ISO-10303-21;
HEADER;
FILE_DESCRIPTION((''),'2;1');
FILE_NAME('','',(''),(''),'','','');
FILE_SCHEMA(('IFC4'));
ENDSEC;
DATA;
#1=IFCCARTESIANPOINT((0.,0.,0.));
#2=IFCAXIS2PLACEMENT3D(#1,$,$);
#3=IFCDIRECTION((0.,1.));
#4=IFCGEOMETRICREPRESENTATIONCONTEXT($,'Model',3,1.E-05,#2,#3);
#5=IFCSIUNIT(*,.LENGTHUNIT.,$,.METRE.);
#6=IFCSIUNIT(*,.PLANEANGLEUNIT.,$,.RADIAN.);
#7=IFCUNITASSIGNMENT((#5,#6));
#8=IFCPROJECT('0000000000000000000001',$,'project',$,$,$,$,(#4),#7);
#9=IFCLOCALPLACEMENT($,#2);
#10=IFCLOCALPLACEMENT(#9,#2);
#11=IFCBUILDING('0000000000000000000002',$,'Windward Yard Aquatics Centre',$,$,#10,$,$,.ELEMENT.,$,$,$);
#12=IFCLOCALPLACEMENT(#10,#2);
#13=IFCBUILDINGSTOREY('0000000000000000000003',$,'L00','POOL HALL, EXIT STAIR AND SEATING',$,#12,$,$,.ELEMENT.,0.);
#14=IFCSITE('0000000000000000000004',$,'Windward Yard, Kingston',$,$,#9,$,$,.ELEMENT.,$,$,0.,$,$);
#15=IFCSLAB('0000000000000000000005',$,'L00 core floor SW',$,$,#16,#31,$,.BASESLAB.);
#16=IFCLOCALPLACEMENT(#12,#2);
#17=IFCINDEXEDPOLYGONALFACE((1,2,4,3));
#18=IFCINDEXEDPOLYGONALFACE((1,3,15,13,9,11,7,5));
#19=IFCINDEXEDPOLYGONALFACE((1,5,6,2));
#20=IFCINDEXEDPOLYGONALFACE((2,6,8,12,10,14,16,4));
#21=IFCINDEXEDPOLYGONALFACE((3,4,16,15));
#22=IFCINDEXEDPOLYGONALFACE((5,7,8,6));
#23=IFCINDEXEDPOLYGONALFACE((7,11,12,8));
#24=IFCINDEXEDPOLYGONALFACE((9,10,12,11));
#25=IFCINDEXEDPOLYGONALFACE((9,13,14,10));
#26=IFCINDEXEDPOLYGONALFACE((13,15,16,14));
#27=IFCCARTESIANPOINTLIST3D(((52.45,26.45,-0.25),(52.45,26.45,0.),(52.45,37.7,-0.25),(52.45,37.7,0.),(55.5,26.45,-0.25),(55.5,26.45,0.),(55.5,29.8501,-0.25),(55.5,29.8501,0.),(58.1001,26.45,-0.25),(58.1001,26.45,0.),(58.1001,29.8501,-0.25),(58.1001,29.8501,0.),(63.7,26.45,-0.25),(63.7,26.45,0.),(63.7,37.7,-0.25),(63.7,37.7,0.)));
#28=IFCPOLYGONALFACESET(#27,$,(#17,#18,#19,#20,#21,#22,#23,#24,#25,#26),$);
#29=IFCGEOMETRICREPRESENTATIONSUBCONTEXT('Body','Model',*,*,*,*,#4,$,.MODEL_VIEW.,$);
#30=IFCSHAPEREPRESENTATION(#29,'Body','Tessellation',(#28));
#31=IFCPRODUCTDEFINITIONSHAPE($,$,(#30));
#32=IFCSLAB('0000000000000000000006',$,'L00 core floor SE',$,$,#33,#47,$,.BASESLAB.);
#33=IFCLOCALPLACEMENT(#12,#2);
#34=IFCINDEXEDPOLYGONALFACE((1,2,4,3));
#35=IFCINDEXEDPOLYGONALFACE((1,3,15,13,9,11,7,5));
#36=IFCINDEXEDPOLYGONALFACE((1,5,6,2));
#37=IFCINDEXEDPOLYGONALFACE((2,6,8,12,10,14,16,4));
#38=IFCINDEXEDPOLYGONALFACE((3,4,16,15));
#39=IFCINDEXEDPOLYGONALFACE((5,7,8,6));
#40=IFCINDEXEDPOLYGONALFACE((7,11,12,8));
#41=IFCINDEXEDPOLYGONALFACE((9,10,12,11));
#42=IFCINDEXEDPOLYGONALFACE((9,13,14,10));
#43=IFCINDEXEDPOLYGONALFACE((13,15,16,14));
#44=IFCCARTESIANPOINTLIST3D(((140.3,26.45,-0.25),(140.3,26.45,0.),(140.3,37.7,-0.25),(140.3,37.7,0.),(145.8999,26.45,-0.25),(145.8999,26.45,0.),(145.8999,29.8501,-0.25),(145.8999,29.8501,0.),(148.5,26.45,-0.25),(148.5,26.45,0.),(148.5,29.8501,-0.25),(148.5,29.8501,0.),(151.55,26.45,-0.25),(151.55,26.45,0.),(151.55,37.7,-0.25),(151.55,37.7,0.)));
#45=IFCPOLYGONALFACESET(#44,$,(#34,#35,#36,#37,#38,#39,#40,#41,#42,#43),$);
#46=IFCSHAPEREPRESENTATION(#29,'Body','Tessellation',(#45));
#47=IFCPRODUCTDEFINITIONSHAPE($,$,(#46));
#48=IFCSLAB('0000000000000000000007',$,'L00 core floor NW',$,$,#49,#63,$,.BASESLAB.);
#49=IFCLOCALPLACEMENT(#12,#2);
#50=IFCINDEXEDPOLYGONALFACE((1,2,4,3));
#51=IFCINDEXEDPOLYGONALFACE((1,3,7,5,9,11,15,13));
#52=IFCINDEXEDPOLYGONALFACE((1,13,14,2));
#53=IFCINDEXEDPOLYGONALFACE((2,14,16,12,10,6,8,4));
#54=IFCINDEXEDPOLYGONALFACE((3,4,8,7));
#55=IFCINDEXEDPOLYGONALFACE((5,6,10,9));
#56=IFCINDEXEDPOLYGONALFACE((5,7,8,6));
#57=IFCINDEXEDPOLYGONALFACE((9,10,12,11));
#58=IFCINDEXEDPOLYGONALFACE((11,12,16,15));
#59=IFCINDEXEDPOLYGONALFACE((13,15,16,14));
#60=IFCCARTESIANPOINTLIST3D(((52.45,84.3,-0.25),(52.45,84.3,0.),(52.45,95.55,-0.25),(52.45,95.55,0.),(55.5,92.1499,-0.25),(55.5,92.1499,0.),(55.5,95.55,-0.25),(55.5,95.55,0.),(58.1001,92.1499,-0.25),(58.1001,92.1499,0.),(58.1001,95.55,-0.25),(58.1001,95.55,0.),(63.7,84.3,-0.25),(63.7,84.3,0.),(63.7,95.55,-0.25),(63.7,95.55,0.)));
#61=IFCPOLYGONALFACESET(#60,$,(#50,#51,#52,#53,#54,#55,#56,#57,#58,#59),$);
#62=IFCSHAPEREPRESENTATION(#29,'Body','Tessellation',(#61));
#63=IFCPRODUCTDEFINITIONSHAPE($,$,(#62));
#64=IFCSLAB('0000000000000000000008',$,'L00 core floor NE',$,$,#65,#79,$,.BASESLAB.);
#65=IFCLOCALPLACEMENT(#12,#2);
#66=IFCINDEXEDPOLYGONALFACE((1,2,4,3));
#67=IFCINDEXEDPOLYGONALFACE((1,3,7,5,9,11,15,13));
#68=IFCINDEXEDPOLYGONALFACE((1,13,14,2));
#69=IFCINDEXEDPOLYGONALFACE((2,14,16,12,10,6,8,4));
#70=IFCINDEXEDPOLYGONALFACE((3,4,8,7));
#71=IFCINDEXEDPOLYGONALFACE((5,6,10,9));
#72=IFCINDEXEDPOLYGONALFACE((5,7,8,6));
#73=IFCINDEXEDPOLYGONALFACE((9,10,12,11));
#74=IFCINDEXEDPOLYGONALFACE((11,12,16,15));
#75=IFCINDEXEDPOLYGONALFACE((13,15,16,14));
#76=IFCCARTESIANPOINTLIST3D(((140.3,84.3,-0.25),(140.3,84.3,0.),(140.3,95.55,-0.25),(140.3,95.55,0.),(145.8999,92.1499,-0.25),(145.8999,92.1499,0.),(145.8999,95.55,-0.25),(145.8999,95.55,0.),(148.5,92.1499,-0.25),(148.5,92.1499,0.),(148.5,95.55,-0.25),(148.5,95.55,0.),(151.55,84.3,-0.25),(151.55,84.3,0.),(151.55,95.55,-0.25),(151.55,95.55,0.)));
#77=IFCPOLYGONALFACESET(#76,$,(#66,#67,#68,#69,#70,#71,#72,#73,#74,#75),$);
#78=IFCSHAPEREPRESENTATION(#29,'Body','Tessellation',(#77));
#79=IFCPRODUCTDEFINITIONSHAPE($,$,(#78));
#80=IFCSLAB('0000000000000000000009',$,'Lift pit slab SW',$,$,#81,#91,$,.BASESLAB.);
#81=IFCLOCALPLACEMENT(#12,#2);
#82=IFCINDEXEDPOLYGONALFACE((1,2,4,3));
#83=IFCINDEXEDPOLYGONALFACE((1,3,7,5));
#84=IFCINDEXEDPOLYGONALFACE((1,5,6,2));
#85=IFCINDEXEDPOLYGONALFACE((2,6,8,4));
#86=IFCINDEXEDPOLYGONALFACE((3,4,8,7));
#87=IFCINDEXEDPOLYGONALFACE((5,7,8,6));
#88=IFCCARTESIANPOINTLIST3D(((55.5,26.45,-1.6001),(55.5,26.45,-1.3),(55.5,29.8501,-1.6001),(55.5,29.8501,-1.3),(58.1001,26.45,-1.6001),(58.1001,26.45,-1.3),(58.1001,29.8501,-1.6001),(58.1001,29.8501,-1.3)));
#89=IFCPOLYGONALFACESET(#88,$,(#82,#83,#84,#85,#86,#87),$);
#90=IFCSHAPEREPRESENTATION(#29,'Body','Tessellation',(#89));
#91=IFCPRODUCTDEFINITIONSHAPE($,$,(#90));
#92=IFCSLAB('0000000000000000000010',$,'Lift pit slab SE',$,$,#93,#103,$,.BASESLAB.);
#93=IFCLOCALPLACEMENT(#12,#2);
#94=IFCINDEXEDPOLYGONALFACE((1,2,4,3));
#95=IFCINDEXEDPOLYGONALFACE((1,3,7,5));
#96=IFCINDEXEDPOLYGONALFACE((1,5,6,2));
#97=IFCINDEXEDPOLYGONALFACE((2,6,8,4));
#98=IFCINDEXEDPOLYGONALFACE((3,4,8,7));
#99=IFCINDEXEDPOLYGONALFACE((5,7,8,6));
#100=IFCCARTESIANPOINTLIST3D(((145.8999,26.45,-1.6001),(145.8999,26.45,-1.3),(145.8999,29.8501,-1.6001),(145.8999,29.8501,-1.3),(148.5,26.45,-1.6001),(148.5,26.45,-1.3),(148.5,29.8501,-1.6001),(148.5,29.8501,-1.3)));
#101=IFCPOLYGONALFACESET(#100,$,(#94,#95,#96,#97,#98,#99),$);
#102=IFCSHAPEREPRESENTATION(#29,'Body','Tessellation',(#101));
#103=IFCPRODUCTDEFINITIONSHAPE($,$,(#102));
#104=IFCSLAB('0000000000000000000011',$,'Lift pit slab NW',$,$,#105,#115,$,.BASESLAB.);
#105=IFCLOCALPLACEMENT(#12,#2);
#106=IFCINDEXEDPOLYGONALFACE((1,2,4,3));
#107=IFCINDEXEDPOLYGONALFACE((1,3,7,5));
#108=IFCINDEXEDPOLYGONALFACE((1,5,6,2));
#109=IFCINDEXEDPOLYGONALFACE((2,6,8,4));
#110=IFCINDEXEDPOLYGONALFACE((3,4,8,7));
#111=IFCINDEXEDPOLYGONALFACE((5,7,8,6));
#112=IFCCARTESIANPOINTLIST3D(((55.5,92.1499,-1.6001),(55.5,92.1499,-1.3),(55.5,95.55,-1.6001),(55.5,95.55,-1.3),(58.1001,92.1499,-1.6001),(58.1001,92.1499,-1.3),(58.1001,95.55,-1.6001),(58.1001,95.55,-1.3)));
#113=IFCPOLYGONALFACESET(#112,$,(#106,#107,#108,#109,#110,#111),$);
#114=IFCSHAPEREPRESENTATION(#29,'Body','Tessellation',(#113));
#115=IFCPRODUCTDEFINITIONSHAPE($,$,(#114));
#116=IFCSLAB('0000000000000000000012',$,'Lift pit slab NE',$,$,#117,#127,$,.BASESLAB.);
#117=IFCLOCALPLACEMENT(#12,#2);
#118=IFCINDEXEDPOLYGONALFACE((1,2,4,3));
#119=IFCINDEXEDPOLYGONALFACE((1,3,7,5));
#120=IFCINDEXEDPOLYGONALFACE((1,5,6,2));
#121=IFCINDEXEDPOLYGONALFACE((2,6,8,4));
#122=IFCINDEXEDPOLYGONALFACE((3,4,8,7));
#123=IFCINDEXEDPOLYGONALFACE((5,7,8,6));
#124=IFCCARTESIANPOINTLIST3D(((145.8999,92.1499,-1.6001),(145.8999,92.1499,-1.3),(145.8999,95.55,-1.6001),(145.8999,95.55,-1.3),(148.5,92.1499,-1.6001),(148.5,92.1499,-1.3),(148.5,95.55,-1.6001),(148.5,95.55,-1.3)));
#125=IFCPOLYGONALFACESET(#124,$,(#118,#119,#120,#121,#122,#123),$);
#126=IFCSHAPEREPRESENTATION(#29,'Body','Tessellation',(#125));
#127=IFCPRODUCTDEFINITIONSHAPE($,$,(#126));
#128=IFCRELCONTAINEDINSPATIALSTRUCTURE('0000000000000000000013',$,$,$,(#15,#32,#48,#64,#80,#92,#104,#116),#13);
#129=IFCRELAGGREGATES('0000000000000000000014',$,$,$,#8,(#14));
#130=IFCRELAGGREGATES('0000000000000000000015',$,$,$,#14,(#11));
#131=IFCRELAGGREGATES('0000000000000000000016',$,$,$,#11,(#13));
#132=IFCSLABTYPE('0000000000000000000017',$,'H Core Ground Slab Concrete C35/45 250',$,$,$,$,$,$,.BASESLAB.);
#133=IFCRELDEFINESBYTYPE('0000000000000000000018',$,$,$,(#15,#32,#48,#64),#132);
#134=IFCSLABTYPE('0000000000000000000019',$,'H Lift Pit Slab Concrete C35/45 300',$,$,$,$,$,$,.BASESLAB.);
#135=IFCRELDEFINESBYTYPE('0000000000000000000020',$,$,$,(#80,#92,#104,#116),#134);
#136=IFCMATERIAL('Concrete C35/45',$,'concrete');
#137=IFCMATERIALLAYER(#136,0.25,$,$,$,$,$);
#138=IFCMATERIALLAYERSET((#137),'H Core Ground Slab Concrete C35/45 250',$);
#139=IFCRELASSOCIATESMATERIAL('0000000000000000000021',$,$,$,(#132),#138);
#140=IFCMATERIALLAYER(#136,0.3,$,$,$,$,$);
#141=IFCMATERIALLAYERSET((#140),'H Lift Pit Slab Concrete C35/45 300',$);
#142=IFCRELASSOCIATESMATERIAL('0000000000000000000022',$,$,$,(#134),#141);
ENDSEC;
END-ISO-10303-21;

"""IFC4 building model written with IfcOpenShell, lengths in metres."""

from ifc_helpers import new_model, si_unit, direction, frame, origin, place, context, subcontext, project, spatial, polyline, outline, extrude, material, layer, layer_set, type_object, element, save


model = new_model("IFC4")

# Units and contexts
model_context = context("Model", 3, precision=1e-05, world=origin(), true_north=direction((0.0, 1.0)))
body_context = subcontext(model_context, "Body", "Model", "MODEL_VIEW")
ifc_project = project(units=[si_unit("LENGTHUNIT", "METRE"), si_unit("PLANEANGLEUNIT", "RADIAN")], contexts=[model_context])

# Site, building, storey
site_placement = place(None, origin())
site = spatial("IfcSite", under=ifc_project, at=site_placement, Name="Windward Yard, Kingston", CompositionType="ELEMENT", RefElevation=0.0)
building_placement = place(site_placement, origin())
building = spatial("IfcBuilding", under=site, at=building_placement, Name="Windward Yard Aquatics Centre", CompositionType="ELEMENT")
storey_placement = place(building_placement, origin())
storey = spatial("IfcBuildingStorey", under=building, at=storey_placement, Name="L00", Description="POOL HALL, EXIT STAIR AND SEATING", CompositionType="ELEMENT", Elevation=0.0)

# Slabs
ifc_material_1 = material(Name="Concrete C35/45", Category="concrete")
ifc_layer_1 = layer(ifc_material_1, 0.25)
ifc_layer_set_1 = layer_set([ifc_layer_1], Name="H Core Ground Slab Concrete C35/45 250")
slab_type_1 = type_object("IfcSlabType", Name="H Core Ground Slab Concrete C35/45 250", PredefinedType="BASESLAB", material=ifc_layer_set_1)
slab_1_placement = place(storey_placement, frame((0.0, 0.0, -0.25)))
element("IfcSlab", 1, at=slab_1_placement, inside=storey, type_object=slab_type_1, Name="L00 core floor SW", PredefinedType="BASESLAB", context=body_context, shape_type="SweptSolid", body=[
    extrude(outline(polyline([(52.45, 26.45), (55.5, 26.45), (55.5, 29.8501), (58.1001, 29.8501), (58.1001, 26.45), (63.7, 26.45), (63.7, 37.7), (52.45, 37.7), (52.45, 26.45)])), origin(), (0.0, 0.0, 1.0), 0.25),
])
slab_2_placement = place(storey_placement, frame((0.0, 0.0, -0.25)))
element("IfcSlab", 2, at=slab_2_placement, inside=storey, type_object=slab_type_1, Name="L00 core floor SE", PredefinedType="BASESLAB", context=body_context, shape_type="SweptSolid", body=[
    extrude(outline(polyline([(140.3, 26.45), (145.8999, 26.45), (145.8999, 29.8501), (148.5, 29.8501), (148.5, 26.45), (151.55, 26.45), (151.55, 37.7), (140.3, 37.7), (140.3, 26.45)])), origin(), (0.0, 0.0, 1.0), 0.25),
])
slab_3_placement = place(storey_placement, frame((0.0, 0.0, -0.25)))
element("IfcSlab", 3, at=slab_3_placement, inside=storey, type_object=slab_type_1, Name="L00 core floor NW", PredefinedType="BASESLAB", context=body_context, shape_type="SweptSolid", body=[
    extrude(outline(polyline([(52.45, 84.3), (63.7, 84.3), (63.7, 95.55), (58.1001, 95.55), (58.1001, 92.1499), (55.5, 92.1499), (55.5, 95.55), (52.45, 95.55), (52.45, 84.3)])), origin(), (0.0, 0.0, 1.0), 0.25),
])
slab_4_placement = place(storey_placement, frame((0.0, 0.0, -0.25)))
element("IfcSlab", 4, at=slab_4_placement, inside=storey, type_object=slab_type_1, Name="L00 core floor NE", PredefinedType="BASESLAB", context=body_context, shape_type="SweptSolid", body=[
    extrude(outline(polyline([(140.3, 84.3), (151.55, 84.3), (151.55, 95.55), (148.5, 95.55), (148.5, 92.1499), (145.8999, 92.1499), (145.8999, 95.55), (140.3, 95.55), (140.3, 84.3)])), origin(), (0.0, 0.0, 1.0), 0.25),
])
ifc_layer_2 = layer(ifc_material_1, 0.3)
ifc_layer_set_2 = layer_set([ifc_layer_2], Name="H Lift Pit Slab Concrete C35/45 300")
slab_type_2 = type_object("IfcSlabType", Name="H Lift Pit Slab Concrete C35/45 300", PredefinedType="BASESLAB", material=ifc_layer_set_2)
slab_5_placement = place(storey_placement, frame((0.0, 0.0, -1.6001)))
element("IfcSlab", 5, at=slab_5_placement, inside=storey, type_object=slab_type_2, Name="Lift pit slab SW", PredefinedType="BASESLAB", context=body_context, shape_type="SweptSolid", body=[
    extrude(outline(polyline([(55.5, 26.45), (58.1001, 26.45), (58.1001, 29.8501), (55.5, 29.8501), (55.5, 26.45)])), origin(), (0.0, 0.0, 1.0), 0.3),
])
slab_6_placement = place(storey_placement, frame((0.0, 0.0, -1.6001)))
element("IfcSlab", 6, at=slab_6_placement, inside=storey, type_object=slab_type_2, Name="Lift pit slab SE", PredefinedType="BASESLAB", context=body_context, shape_type="SweptSolid", body=[
    extrude(outline(polyline([(145.8999, 26.45), (148.5, 26.45), (148.5, 29.8501), (145.8999, 29.8501), (145.8999, 26.45)])), origin(), (0.0, 0.0, 1.0), 0.3),
])
slab_7_placement = place(storey_placement, frame((0.0, 0.0, -1.6001)))
element("IfcSlab", 7, at=slab_7_placement, inside=storey, type_object=slab_type_2, Name="Lift pit slab NW", PredefinedType="BASESLAB", context=body_context, shape_type="SweptSolid", body=[
    extrude(outline(polyline([(55.5, 92.1499), (58.1001, 92.1499), (58.1001, 95.55), (55.5, 95.55), (55.5, 92.1499)])), origin(), (0.0, 0.0, 1.0), 0.3),
])
slab_8_placement = place(storey_placement, frame((0.0, 0.0, -1.6001)))
element("IfcSlab", 8, at=slab_8_placement, inside=storey, type_object=slab_type_2, Name="Lift pit slab NE", PredefinedType="BASESLAB", context=body_context, shape_type="SweptSolid", body=[
    extrude(outline(polyline([(145.8999, 92.1499), (148.5, 92.1499), (148.5, 95.55), (145.8999, 95.55), (145.8999, 92.1499)])), origin(), (0.0, 0.0, 1.0), 0.3),
])

save(model, "model.ifc")
